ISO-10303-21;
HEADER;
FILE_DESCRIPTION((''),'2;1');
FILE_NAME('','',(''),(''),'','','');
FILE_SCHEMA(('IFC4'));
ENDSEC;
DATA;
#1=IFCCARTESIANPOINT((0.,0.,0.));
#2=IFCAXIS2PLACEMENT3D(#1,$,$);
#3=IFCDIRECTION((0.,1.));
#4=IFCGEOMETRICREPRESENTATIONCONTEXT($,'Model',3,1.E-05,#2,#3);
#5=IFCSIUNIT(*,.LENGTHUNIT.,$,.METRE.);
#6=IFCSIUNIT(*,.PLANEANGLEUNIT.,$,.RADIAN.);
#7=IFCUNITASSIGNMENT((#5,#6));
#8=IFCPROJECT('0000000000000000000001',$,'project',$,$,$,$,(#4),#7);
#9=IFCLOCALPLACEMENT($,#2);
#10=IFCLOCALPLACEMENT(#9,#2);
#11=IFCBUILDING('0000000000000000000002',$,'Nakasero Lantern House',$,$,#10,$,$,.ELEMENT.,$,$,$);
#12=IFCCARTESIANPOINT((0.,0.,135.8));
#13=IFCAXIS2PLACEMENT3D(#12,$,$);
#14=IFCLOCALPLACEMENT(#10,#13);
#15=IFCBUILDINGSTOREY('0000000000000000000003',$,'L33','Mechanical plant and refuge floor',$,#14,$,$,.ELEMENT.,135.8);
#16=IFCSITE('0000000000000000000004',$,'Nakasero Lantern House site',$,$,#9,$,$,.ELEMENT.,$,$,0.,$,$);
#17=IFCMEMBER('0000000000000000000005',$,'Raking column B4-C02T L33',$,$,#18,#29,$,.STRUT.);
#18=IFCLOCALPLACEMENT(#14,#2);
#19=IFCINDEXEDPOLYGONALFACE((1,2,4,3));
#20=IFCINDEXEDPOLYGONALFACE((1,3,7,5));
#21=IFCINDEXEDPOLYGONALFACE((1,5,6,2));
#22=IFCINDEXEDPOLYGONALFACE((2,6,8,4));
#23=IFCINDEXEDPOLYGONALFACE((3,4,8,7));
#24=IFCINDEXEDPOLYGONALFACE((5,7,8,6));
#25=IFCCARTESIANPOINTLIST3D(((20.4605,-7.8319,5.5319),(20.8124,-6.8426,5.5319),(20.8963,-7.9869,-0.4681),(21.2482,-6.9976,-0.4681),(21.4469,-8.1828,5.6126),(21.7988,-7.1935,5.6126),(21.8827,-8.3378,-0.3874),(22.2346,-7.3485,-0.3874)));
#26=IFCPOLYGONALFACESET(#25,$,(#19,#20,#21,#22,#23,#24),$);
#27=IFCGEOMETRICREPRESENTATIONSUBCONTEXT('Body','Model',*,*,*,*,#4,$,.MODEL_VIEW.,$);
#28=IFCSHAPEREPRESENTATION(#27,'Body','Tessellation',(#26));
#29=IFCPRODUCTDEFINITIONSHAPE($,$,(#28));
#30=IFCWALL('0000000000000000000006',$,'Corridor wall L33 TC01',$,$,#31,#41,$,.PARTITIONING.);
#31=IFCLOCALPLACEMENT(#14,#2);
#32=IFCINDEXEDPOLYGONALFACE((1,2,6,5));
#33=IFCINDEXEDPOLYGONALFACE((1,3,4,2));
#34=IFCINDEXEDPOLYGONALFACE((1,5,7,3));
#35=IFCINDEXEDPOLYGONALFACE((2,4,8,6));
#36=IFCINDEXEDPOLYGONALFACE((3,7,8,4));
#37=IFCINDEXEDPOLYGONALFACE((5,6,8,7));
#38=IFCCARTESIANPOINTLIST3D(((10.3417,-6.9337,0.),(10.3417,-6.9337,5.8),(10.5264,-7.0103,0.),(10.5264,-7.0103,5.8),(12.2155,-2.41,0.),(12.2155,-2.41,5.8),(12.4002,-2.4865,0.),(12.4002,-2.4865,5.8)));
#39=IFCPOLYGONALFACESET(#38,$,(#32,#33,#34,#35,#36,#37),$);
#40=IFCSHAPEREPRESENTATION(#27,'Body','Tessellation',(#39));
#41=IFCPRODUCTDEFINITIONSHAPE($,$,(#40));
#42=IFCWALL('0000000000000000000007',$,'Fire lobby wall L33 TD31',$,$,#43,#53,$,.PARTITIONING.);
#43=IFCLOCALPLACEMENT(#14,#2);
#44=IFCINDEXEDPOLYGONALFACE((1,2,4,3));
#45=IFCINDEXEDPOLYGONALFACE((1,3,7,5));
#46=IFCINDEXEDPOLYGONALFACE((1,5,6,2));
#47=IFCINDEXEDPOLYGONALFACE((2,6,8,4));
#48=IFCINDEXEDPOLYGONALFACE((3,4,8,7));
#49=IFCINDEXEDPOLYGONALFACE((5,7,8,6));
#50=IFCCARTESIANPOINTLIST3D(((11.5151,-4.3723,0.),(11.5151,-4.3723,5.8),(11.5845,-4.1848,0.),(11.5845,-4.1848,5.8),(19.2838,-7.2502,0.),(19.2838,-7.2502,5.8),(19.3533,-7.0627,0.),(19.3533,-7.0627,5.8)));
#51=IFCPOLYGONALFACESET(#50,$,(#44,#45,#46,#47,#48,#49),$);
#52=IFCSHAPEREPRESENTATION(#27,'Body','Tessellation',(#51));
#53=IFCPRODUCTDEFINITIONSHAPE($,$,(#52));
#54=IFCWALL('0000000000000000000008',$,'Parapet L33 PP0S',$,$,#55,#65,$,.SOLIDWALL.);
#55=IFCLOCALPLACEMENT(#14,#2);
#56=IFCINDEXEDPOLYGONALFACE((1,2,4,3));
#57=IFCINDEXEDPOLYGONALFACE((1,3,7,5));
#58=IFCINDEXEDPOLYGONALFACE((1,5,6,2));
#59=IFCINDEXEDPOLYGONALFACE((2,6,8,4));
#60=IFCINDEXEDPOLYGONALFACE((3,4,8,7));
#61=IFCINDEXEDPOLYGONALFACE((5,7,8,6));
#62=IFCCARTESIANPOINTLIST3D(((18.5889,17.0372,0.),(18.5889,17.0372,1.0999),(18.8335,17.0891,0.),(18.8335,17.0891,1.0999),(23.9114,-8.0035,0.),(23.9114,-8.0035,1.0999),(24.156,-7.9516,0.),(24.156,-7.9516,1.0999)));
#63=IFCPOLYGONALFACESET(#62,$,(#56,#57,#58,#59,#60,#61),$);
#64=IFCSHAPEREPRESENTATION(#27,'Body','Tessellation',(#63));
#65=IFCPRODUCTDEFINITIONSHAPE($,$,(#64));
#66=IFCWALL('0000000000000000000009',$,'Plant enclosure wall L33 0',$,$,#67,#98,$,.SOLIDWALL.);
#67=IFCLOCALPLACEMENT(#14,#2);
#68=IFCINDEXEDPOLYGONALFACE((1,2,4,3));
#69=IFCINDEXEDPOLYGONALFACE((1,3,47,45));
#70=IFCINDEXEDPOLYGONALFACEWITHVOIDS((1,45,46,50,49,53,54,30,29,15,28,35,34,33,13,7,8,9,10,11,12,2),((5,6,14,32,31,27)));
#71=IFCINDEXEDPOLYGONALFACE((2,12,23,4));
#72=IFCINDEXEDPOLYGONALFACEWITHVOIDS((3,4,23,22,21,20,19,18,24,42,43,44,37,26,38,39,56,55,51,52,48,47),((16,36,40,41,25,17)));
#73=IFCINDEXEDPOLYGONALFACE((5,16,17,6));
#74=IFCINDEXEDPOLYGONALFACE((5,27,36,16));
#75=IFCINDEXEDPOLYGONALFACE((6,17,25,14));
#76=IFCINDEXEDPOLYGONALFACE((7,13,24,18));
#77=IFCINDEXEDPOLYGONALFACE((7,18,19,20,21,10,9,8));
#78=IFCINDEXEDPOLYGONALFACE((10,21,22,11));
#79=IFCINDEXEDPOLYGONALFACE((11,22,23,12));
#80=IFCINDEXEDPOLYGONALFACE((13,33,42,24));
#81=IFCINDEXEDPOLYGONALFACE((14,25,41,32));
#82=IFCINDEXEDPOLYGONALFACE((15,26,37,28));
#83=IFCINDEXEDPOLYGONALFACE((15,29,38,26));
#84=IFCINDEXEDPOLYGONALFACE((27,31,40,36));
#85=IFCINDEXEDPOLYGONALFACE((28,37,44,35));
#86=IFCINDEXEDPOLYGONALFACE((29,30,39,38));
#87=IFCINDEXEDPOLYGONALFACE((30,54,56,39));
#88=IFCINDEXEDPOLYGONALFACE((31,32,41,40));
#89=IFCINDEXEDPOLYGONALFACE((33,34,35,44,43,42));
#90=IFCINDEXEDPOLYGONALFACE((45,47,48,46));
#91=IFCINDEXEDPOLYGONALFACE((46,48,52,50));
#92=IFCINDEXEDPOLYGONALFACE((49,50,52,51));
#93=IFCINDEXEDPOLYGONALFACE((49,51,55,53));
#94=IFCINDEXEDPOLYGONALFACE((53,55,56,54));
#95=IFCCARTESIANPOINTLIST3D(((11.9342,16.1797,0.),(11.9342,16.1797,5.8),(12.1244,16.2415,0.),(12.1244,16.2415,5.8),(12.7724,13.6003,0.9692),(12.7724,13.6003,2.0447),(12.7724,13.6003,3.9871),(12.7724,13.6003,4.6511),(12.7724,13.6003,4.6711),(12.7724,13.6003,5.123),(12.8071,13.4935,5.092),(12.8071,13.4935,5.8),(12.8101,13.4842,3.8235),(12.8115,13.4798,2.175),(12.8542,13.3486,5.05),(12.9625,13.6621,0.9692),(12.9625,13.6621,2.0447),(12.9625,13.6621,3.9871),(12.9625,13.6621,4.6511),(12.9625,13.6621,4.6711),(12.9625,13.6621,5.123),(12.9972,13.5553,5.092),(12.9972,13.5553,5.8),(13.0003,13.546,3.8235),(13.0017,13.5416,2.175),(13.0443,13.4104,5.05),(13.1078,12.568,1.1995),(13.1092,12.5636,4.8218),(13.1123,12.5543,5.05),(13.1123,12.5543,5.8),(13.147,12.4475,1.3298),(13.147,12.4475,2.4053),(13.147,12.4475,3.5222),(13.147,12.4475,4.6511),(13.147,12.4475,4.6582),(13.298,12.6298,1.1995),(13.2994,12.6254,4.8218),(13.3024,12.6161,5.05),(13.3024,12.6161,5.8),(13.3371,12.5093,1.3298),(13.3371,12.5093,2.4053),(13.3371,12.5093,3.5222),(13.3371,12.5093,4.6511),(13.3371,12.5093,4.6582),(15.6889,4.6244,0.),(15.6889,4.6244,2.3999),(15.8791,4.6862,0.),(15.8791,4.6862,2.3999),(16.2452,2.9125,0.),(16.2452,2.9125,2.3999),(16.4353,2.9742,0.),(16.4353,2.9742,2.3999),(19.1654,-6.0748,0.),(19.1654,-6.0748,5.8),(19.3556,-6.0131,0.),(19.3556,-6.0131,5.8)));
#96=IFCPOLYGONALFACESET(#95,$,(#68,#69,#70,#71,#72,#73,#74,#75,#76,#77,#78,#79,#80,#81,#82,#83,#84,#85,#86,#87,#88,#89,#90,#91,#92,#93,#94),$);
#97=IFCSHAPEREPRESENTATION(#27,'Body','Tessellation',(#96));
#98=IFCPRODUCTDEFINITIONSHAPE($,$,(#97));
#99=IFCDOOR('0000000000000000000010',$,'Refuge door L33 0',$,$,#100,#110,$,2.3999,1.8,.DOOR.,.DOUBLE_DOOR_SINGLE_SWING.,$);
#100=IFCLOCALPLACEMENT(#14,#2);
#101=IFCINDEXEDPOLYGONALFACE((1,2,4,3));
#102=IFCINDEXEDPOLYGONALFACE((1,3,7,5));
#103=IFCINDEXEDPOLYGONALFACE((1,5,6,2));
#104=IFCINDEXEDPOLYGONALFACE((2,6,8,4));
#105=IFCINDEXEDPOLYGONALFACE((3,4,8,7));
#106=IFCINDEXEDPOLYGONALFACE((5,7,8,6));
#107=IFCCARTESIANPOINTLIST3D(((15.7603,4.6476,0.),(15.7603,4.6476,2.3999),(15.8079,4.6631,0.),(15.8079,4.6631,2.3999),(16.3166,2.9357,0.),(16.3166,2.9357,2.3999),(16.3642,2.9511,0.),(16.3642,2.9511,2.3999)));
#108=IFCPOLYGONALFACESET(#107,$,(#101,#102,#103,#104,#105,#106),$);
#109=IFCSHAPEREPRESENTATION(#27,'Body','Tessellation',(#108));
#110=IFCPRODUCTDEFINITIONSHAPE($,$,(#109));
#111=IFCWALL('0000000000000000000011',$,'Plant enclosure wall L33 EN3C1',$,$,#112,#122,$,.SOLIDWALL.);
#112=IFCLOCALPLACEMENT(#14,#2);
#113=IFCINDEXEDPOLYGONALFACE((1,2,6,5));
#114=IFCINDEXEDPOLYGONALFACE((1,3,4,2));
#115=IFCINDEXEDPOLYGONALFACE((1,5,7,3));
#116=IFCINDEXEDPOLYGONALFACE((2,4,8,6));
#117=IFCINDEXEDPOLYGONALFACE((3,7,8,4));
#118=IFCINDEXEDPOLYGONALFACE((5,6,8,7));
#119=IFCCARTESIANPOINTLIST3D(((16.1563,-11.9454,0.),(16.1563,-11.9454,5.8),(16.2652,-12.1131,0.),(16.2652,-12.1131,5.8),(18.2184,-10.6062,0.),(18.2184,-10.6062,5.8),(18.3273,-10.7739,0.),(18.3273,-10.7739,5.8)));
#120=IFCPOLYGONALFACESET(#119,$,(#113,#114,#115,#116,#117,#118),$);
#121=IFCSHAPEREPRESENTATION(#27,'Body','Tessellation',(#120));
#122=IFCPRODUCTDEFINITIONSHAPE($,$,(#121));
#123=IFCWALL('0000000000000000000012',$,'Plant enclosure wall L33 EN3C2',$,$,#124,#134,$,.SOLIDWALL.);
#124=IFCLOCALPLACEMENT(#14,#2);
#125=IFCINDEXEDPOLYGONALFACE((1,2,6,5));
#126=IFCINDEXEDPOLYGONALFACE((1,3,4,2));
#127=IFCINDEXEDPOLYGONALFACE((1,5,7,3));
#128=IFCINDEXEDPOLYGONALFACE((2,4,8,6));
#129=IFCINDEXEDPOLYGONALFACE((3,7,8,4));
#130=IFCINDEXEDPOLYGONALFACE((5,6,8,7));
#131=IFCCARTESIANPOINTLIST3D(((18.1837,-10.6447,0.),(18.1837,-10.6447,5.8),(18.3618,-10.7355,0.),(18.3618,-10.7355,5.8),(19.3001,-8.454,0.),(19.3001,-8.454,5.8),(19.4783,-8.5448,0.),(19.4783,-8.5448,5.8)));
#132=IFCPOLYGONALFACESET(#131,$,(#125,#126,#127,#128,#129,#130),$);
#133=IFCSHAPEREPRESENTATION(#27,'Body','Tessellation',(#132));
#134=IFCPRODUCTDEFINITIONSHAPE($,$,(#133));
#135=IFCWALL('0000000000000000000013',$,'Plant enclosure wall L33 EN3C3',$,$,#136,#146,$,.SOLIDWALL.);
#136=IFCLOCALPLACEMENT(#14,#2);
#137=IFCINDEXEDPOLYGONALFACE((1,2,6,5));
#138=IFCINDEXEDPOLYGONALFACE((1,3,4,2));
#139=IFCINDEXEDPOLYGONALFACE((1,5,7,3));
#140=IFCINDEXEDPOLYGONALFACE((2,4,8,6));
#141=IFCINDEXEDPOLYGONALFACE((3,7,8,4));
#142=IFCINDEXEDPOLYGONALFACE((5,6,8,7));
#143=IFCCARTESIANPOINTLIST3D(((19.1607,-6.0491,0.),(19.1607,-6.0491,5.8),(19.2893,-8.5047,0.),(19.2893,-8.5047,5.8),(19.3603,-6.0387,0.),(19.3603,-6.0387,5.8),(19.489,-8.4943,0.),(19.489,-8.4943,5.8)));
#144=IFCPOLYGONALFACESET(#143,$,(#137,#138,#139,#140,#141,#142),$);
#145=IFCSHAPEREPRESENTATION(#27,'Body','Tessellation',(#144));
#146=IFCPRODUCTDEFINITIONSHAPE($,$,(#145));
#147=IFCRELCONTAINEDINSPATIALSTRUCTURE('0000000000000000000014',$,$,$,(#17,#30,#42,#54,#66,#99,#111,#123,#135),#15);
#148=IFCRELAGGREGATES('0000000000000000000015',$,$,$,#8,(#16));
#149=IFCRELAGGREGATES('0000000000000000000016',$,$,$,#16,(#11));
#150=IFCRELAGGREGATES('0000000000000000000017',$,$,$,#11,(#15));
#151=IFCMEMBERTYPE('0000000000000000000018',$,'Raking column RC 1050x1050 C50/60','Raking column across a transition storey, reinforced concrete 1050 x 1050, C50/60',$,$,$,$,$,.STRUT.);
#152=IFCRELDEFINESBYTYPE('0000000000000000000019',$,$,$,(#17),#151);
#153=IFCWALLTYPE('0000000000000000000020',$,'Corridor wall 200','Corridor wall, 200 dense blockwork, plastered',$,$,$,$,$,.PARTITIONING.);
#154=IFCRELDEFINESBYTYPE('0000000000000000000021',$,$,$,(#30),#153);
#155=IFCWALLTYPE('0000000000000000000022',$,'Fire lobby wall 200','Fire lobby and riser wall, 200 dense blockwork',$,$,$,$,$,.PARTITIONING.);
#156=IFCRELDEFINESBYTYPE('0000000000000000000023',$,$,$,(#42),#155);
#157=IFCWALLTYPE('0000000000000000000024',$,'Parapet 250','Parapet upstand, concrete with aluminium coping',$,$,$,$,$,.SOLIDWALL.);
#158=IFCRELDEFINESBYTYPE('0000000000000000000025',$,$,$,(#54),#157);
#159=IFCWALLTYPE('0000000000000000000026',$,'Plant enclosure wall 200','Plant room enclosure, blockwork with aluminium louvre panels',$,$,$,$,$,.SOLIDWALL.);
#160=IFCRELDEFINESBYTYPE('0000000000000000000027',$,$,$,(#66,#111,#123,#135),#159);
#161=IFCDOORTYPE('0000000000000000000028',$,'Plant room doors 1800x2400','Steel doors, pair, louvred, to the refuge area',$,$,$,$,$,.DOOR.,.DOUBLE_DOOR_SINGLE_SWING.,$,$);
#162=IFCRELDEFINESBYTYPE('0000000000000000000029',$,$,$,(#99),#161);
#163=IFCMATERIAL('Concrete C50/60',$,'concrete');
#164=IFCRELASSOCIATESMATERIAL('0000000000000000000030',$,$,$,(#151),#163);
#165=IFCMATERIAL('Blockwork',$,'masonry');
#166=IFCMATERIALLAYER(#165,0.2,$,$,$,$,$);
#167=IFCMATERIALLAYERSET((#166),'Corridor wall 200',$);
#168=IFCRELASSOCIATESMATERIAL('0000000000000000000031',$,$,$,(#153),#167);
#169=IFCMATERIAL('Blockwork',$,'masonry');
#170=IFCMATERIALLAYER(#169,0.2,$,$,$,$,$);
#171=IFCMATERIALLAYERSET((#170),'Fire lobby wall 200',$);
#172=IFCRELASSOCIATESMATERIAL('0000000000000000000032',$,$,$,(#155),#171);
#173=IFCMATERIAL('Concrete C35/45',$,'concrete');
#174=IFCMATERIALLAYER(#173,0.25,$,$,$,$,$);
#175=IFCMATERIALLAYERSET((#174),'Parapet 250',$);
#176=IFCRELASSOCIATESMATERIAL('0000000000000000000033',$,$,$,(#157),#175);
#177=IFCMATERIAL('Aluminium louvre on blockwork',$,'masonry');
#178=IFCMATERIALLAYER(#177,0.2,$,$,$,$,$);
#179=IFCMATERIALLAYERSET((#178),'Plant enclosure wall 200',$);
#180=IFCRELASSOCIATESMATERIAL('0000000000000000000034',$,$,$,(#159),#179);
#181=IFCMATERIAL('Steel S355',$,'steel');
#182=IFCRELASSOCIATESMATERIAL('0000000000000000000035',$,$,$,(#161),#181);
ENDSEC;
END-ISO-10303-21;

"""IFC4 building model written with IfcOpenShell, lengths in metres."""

from ifc_helpers import new_model, si_unit, direction, frame, frame_2d, origin, origin_2d, place, context, subcontext, project, spatial, polyline, rectangle, outline, extrude, material, layer, layer_set, material_profile, profile_set, type_object, element, fill, save


model = new_model("IFC4")

# Units and contexts
model_context = context("Model", 3, precision=1e-05, world=origin(), true_north=direction((0.0, 1.0)))
body_context = subcontext(model_context, "Body", "Model", "MODEL_VIEW")
ifc_project = project(units=[si_unit("LENGTHUNIT", "METRE"), si_unit("PLANEANGLEUNIT", "RADIAN")], contexts=[model_context])

# Site, building, storey
site_placement = place(None, origin())
site = spatial("IfcSite", under=ifc_project, at=site_placement, Name="Nakasero Lantern House site", CompositionType="ELEMENT", RefElevation=0.0)
building_placement = place(site_placement, origin())
building = spatial("IfcBuilding", under=site, at=building_placement, Name="Nakasero Lantern House", CompositionType="ELEMENT")
storey_placement = place(building_placement, frame((0.0, 0.0, 135.8)))
storey = spatial("IfcBuildingStorey", under=building, at=storey_placement, Name="L33", Description="Mechanical plant and refuge floor", CompositionType="ELEMENT", Elevation=135.8)

# Member
ifc_material_1 = material(Name="Concrete C50/60", Category="concrete")
ifc_material_profile_1 = material_profile(ifc_material_1, rectangle(XDim=1.05, YDim=1.05, at=origin_2d()), Name="RC 1050x1050")
ifc_profile_set_1 = profile_set([ifc_material_profile_1], Name="Concrete C50/60")
member_type_1 = type_object("IfcMemberType", Name="Raking column RC 1050x1050 C50/60", Description="Raking column across a transition storey, reinforced concrete 1050 x 1050, C50/60", PredefinedType="STRUT", material=ifc_profile_set_1)
member_1_placement = place(storey_placement, frame((21.5654, -7.6677, -0.4277), z_axis=(-0.072417, 0.025762, 0.997042), x_axis=(-0.335166, -0.942159, 0.0)))
element("IfcMember", 1, at=member_1_placement, inside=storey, type_object=member_type_1, Name="Raking column B4-C02T L33", PredefinedType="STRUT", context=body_context, shape_type="SweptSolid", body=[
    extrude(rectangle(XDim=1.05, YDim=1.05, at=origin_2d()), origin(), (0.0, 0.0, 1.0), 6.0178),
])

# Walls
ifc_material_2 = material(Name="Blockwork", Category="masonry")
ifc_layer_1 = layer(ifc_material_2, 0.2)
ifc_layer_set_1 = layer_set([ifc_layer_1], Name="Corridor wall 200")
wall_type_1 = type_object("IfcWallType", Name="Corridor wall 200", Description="Corridor wall, 200 dense blockwork, plastered", PredefinedType="PARTITIONING", material=ifc_layer_set_1)
wall_1_placement = place(storey_placement, frame((12.3079, -2.4482, 0.0), z_axis=(0.0, 0.0, 1.0), x_axis=(-0.382685, -0.923879, 0.0)))
element("IfcWall", 2, at=wall_1_placement, inside=storey, type_object=wall_type_1, Name="Corridor wall L33 TC01", PredefinedType="PARTITIONING", context=body_context, shape_type="SweptSolid", body=[
    extrude(rectangle(XDim=4.8965, YDim=0.2, at=frame_2d((2.4482, 0.0))), origin(), (0.0, 0.0, 1.0), 5.8),
])
ifc_material_3 = material(Name="Blockwork", Category="masonry")
ifc_layer_2 = layer(ifc_material_3, 0.2)
ifc_layer_set_2 = layer_set([ifc_layer_2], Name="Fire lobby wall 200")
wall_type_2 = type_object("IfcWallType", Name="Fire lobby wall 200", Description="Fire lobby and riser wall, 200 dense blockwork", PredefinedType="PARTITIONING", material=ifc_layer_set_2)
wall_2_placement = place(storey_placement, frame((11.5498, -4.2786, 0.0), z_axis=(0.0, 0.0, 1.0), x_axis=(0.937725, -0.347378, 0.0)))
element("IfcWall", 3, at=wall_2_placement, inside=storey, type_object=wall_type_2, Name="Fire lobby wall L33 TD31", PredefinedType="PARTITIONING", context=body_context, shape_type="SweptSolid", body=[
    extrude(rectangle(XDim=8.2847, YDim=0.2, at=frame_2d((4.1423, 0.0))), origin(), (0.0, 0.0, 1.0), 5.8),
])
ifc_material_4 = material(Name="Concrete C35/45", Category="concrete")
ifc_layer_3 = layer(ifc_material_4, 0.25)
ifc_layer_set_3 = layer_set([ifc_layer_3], Name="Parapet 250")
wall_type_3 = type_object("IfcWallType", Name="Parapet 250", Description="Parapet upstand, concrete with aluminium coping", PredefinedType="SOLIDWALL", material=ifc_layer_set_3)
wall_3_placement = place(storey_placement, frame((24.0337, -7.9775, 0.0), z_axis=(0.0, 0.0, 1.0), x_axis=(-0.207909, 0.978148, 0.0)))
element("IfcWall", 4, at=wall_3_placement, inside=storey, type_object=wall_type_3, Name="Parapet L33 PP0S", PredefinedType="SOLIDWALL", context=body_context, shape_type="SweptSolid", body=[
    extrude(rectangle(XDim=25.6001, YDim=0.25, at=frame_2d((12.8, 0.0))), origin(), (0.0, 0.0, 1.0), 1.0999),
])

# Wall, openings, door
ifc_material_5 = material(Name="Aluminium louvre on blockwork", Category="masonry")
ifc_layer_4 = layer(ifc_material_5, 0.2)
ifc_layer_set_4 = layer_set([ifc_layer_4], Name="Plant enclosure wall 200")
wall_type_4 = type_object("IfcWallType", Name="Plant enclosure wall 200", Description="Plant room enclosure, blockwork with aluminium louvre panels", PredefinedType="SOLIDWALL", material=ifc_layer_set_4)
wall_4_placement = place(storey_placement, frame((19.2605, -6.0439, 0.0), z_axis=(0.0, 0.0, 1.0), x_axis=(-0.309026, 0.951054, 0.0)))
wall_4 = element("IfcWall", 5, at=wall_4_placement, inside=storey, type_object=wall_type_4, Name="Plant enclosure wall L33 0", PredefinedType="SOLIDWALL", context=body_context, shape_type="SweptSolid", body=[
    extrude(rectangle(XDim=23.3999, YDim=0.2, at=frame_2d((11.7, 0.0))), origin(), (0.0, 0.0, 1.0), 5.8),
])
opening_1_placement = place(wall_4_placement, frame((9.45, 0.0, 0.0)))
opening_1 = element("IfcOpeningElement", 6, at=opening_1_placement, cuts=wall_4, PredefinedType="OPENING", context=body_context, shape_type="SweptSolid", body=[
    extrude(rectangle(XDim=1.8, YDim=2.3999, at=frame_2d((0.8999, 1.2))), frame((0.0, 0.1199, 0.0), z_axis=(0.0, -1.0, 0.0), x_axis=(1.0, 0.0, 0.0)), (0.0, 0.0, 1.0), 0.24),
])
opening_2_placement = place(wall_4_placement, origin())
element("IfcOpeningElement", 7, at=opening_2_placement, cuts=wall_4, PredefinedType="OPENING", context=body_context, shape_type="SweptSolid", body=[
    extrude(outline(polyline([(19.4756, 1.3298), (19.6023, 1.1995), (20.6877, 0.9692), (20.6877, 2.0447), (20.561, 2.175), (19.4756, 2.4053), (19.4756, 1.3298)])), frame((0.0, 0.1199, 0.0), z_axis=(0.0, -1.0, 0.0), x_axis=(1.0, 0.0, 0.0)), (0.0, 0.0, 1.0), 0.24),
])
opening_3_placement = place(wall_4_placement, origin())
element("IfcOpeningElement", 8, at=opening_3_placement, cuts=wall_4, PredefinedType="OPENING", context=body_context, shape_type="SweptSolid", body=[
    extrude(outline(polyline([(20.6877, 3.9871), (20.6877, 4.6711), (19.4854, 4.6711), (19.4756, 4.6582), (19.4756, 3.5222), (20.5657, 3.8235), (20.6877, 3.9871)])), frame((0.0, 0.1199, 0.0), z_axis=(0.0, -1.0, 0.0), x_axis=(1.0, 0.0, 0.0)), (0.0, 0.0, 1.0), 0.24),
])
opening_4_placement = place(wall_4_placement, origin())
element("IfcOpeningElement", 9, at=opening_4_placement, cuts=wall_4, PredefinedType="OPENING", context=body_context, shape_type="SweptSolid", body=[
    extrude(outline(polyline([(19.5879, 5.05), (20.4231, 5.05), (19.5977, 4.8218), (19.4756, 4.6582), (19.4756, 4.6511), (20.6877, 4.6511), (20.6877, 5.123), (20.5754, 5.092), (20.5754, 5.8), (19.5879, 5.8), (19.5879, 5.05)])), frame((0.0, 0.1199, 0.0), z_axis=(0.0, -1.0, 0.0), x_axis=(1.0, 0.0, 0.0)), (0.0, 0.0, 1.0), 0.24),
])
ifc_material_6 = material(Name="Steel S355", Category="steel")
door_type = type_object("IfcDoorType", Name="Plant room doors 1800x2400", Description="Steel doors, pair, louvred, to the refuge area", OperationType="DOUBLE_DOOR_SINGLE_SWING", PredefinedType="DOOR", material=ifc_material_6)
door_placement = place(opening_1_placement, origin())
door = element("IfcDoor", 10, at=door_placement, inside=storey, type_object=door_type, Name="Refuge door L33 0", OperationType="DOUBLE_DOOR_SINGLE_SWING", OverallHeight=2.3999, OverallWidth=1.8, PredefinedType="DOOR", context=body_context, shape_type="SweptSolid", body=[
    extrude(rectangle(XDim=1.8, YDim=2.3999, at=frame_2d((0.8999, 1.2))), frame((0.0, 0.0249, 0.0), z_axis=(0.0, -1.0, 0.0), x_axis=(1.0, 0.0, 0.0)), (0.0, 0.0, 1.0), 0.05),
])
fill(opening_1, door)

# Walls
for number, where, z_axis, x_axis, name in (
    (11, (16.2107, -12.0293, 0.0), (0.0, 0.0, 1.0), (0.838666, 0.544646, 0.0), "Plant enclosure wall L33 EN3C1"),
    (12, (18.2727, -10.6902, 0.0), (0.0, 0.0, 1.0), (0.454072, 0.890965, 0.0), "Plant enclosure wall L33 EN3C2"),
):
    element("IfcWall", number, at=place(storey_placement, frame(where, z_axis=z_axis, x_axis=x_axis)), inside=storey, type_object=wall_type_4, Name=name, PredefinedType="SOLIDWALL", context=body_context, shape_type="SweptSolid", body=[
        extrude(rectangle(XDim=2.4587, YDim=0.2, at=frame_2d((1.2295, 0.0))), origin(), (0.0, 0.0, 1.0), 5.8),
    ])
wall_5_placement = place(storey_placement, frame((19.3892, -8.4995, 0.0), z_axis=(0.0, 0.0, 1.0), x_axis=(-0.052324, 0.99863, 0.0)))
element("IfcWall", 13, at=wall_5_placement, inside=storey, type_object=wall_type_4, Name="Plant enclosure wall L33 EN3C3", PredefinedType="SOLIDWALL", context=body_context, shape_type="SweptSolid", body=[
    extrude(rectangle(XDim=2.459, YDim=0.2, at=frame_2d((1.2295, 0.0))), origin(), (0.0, 0.0, 1.0), 5.8),
])

save(model, "model.ifc")
